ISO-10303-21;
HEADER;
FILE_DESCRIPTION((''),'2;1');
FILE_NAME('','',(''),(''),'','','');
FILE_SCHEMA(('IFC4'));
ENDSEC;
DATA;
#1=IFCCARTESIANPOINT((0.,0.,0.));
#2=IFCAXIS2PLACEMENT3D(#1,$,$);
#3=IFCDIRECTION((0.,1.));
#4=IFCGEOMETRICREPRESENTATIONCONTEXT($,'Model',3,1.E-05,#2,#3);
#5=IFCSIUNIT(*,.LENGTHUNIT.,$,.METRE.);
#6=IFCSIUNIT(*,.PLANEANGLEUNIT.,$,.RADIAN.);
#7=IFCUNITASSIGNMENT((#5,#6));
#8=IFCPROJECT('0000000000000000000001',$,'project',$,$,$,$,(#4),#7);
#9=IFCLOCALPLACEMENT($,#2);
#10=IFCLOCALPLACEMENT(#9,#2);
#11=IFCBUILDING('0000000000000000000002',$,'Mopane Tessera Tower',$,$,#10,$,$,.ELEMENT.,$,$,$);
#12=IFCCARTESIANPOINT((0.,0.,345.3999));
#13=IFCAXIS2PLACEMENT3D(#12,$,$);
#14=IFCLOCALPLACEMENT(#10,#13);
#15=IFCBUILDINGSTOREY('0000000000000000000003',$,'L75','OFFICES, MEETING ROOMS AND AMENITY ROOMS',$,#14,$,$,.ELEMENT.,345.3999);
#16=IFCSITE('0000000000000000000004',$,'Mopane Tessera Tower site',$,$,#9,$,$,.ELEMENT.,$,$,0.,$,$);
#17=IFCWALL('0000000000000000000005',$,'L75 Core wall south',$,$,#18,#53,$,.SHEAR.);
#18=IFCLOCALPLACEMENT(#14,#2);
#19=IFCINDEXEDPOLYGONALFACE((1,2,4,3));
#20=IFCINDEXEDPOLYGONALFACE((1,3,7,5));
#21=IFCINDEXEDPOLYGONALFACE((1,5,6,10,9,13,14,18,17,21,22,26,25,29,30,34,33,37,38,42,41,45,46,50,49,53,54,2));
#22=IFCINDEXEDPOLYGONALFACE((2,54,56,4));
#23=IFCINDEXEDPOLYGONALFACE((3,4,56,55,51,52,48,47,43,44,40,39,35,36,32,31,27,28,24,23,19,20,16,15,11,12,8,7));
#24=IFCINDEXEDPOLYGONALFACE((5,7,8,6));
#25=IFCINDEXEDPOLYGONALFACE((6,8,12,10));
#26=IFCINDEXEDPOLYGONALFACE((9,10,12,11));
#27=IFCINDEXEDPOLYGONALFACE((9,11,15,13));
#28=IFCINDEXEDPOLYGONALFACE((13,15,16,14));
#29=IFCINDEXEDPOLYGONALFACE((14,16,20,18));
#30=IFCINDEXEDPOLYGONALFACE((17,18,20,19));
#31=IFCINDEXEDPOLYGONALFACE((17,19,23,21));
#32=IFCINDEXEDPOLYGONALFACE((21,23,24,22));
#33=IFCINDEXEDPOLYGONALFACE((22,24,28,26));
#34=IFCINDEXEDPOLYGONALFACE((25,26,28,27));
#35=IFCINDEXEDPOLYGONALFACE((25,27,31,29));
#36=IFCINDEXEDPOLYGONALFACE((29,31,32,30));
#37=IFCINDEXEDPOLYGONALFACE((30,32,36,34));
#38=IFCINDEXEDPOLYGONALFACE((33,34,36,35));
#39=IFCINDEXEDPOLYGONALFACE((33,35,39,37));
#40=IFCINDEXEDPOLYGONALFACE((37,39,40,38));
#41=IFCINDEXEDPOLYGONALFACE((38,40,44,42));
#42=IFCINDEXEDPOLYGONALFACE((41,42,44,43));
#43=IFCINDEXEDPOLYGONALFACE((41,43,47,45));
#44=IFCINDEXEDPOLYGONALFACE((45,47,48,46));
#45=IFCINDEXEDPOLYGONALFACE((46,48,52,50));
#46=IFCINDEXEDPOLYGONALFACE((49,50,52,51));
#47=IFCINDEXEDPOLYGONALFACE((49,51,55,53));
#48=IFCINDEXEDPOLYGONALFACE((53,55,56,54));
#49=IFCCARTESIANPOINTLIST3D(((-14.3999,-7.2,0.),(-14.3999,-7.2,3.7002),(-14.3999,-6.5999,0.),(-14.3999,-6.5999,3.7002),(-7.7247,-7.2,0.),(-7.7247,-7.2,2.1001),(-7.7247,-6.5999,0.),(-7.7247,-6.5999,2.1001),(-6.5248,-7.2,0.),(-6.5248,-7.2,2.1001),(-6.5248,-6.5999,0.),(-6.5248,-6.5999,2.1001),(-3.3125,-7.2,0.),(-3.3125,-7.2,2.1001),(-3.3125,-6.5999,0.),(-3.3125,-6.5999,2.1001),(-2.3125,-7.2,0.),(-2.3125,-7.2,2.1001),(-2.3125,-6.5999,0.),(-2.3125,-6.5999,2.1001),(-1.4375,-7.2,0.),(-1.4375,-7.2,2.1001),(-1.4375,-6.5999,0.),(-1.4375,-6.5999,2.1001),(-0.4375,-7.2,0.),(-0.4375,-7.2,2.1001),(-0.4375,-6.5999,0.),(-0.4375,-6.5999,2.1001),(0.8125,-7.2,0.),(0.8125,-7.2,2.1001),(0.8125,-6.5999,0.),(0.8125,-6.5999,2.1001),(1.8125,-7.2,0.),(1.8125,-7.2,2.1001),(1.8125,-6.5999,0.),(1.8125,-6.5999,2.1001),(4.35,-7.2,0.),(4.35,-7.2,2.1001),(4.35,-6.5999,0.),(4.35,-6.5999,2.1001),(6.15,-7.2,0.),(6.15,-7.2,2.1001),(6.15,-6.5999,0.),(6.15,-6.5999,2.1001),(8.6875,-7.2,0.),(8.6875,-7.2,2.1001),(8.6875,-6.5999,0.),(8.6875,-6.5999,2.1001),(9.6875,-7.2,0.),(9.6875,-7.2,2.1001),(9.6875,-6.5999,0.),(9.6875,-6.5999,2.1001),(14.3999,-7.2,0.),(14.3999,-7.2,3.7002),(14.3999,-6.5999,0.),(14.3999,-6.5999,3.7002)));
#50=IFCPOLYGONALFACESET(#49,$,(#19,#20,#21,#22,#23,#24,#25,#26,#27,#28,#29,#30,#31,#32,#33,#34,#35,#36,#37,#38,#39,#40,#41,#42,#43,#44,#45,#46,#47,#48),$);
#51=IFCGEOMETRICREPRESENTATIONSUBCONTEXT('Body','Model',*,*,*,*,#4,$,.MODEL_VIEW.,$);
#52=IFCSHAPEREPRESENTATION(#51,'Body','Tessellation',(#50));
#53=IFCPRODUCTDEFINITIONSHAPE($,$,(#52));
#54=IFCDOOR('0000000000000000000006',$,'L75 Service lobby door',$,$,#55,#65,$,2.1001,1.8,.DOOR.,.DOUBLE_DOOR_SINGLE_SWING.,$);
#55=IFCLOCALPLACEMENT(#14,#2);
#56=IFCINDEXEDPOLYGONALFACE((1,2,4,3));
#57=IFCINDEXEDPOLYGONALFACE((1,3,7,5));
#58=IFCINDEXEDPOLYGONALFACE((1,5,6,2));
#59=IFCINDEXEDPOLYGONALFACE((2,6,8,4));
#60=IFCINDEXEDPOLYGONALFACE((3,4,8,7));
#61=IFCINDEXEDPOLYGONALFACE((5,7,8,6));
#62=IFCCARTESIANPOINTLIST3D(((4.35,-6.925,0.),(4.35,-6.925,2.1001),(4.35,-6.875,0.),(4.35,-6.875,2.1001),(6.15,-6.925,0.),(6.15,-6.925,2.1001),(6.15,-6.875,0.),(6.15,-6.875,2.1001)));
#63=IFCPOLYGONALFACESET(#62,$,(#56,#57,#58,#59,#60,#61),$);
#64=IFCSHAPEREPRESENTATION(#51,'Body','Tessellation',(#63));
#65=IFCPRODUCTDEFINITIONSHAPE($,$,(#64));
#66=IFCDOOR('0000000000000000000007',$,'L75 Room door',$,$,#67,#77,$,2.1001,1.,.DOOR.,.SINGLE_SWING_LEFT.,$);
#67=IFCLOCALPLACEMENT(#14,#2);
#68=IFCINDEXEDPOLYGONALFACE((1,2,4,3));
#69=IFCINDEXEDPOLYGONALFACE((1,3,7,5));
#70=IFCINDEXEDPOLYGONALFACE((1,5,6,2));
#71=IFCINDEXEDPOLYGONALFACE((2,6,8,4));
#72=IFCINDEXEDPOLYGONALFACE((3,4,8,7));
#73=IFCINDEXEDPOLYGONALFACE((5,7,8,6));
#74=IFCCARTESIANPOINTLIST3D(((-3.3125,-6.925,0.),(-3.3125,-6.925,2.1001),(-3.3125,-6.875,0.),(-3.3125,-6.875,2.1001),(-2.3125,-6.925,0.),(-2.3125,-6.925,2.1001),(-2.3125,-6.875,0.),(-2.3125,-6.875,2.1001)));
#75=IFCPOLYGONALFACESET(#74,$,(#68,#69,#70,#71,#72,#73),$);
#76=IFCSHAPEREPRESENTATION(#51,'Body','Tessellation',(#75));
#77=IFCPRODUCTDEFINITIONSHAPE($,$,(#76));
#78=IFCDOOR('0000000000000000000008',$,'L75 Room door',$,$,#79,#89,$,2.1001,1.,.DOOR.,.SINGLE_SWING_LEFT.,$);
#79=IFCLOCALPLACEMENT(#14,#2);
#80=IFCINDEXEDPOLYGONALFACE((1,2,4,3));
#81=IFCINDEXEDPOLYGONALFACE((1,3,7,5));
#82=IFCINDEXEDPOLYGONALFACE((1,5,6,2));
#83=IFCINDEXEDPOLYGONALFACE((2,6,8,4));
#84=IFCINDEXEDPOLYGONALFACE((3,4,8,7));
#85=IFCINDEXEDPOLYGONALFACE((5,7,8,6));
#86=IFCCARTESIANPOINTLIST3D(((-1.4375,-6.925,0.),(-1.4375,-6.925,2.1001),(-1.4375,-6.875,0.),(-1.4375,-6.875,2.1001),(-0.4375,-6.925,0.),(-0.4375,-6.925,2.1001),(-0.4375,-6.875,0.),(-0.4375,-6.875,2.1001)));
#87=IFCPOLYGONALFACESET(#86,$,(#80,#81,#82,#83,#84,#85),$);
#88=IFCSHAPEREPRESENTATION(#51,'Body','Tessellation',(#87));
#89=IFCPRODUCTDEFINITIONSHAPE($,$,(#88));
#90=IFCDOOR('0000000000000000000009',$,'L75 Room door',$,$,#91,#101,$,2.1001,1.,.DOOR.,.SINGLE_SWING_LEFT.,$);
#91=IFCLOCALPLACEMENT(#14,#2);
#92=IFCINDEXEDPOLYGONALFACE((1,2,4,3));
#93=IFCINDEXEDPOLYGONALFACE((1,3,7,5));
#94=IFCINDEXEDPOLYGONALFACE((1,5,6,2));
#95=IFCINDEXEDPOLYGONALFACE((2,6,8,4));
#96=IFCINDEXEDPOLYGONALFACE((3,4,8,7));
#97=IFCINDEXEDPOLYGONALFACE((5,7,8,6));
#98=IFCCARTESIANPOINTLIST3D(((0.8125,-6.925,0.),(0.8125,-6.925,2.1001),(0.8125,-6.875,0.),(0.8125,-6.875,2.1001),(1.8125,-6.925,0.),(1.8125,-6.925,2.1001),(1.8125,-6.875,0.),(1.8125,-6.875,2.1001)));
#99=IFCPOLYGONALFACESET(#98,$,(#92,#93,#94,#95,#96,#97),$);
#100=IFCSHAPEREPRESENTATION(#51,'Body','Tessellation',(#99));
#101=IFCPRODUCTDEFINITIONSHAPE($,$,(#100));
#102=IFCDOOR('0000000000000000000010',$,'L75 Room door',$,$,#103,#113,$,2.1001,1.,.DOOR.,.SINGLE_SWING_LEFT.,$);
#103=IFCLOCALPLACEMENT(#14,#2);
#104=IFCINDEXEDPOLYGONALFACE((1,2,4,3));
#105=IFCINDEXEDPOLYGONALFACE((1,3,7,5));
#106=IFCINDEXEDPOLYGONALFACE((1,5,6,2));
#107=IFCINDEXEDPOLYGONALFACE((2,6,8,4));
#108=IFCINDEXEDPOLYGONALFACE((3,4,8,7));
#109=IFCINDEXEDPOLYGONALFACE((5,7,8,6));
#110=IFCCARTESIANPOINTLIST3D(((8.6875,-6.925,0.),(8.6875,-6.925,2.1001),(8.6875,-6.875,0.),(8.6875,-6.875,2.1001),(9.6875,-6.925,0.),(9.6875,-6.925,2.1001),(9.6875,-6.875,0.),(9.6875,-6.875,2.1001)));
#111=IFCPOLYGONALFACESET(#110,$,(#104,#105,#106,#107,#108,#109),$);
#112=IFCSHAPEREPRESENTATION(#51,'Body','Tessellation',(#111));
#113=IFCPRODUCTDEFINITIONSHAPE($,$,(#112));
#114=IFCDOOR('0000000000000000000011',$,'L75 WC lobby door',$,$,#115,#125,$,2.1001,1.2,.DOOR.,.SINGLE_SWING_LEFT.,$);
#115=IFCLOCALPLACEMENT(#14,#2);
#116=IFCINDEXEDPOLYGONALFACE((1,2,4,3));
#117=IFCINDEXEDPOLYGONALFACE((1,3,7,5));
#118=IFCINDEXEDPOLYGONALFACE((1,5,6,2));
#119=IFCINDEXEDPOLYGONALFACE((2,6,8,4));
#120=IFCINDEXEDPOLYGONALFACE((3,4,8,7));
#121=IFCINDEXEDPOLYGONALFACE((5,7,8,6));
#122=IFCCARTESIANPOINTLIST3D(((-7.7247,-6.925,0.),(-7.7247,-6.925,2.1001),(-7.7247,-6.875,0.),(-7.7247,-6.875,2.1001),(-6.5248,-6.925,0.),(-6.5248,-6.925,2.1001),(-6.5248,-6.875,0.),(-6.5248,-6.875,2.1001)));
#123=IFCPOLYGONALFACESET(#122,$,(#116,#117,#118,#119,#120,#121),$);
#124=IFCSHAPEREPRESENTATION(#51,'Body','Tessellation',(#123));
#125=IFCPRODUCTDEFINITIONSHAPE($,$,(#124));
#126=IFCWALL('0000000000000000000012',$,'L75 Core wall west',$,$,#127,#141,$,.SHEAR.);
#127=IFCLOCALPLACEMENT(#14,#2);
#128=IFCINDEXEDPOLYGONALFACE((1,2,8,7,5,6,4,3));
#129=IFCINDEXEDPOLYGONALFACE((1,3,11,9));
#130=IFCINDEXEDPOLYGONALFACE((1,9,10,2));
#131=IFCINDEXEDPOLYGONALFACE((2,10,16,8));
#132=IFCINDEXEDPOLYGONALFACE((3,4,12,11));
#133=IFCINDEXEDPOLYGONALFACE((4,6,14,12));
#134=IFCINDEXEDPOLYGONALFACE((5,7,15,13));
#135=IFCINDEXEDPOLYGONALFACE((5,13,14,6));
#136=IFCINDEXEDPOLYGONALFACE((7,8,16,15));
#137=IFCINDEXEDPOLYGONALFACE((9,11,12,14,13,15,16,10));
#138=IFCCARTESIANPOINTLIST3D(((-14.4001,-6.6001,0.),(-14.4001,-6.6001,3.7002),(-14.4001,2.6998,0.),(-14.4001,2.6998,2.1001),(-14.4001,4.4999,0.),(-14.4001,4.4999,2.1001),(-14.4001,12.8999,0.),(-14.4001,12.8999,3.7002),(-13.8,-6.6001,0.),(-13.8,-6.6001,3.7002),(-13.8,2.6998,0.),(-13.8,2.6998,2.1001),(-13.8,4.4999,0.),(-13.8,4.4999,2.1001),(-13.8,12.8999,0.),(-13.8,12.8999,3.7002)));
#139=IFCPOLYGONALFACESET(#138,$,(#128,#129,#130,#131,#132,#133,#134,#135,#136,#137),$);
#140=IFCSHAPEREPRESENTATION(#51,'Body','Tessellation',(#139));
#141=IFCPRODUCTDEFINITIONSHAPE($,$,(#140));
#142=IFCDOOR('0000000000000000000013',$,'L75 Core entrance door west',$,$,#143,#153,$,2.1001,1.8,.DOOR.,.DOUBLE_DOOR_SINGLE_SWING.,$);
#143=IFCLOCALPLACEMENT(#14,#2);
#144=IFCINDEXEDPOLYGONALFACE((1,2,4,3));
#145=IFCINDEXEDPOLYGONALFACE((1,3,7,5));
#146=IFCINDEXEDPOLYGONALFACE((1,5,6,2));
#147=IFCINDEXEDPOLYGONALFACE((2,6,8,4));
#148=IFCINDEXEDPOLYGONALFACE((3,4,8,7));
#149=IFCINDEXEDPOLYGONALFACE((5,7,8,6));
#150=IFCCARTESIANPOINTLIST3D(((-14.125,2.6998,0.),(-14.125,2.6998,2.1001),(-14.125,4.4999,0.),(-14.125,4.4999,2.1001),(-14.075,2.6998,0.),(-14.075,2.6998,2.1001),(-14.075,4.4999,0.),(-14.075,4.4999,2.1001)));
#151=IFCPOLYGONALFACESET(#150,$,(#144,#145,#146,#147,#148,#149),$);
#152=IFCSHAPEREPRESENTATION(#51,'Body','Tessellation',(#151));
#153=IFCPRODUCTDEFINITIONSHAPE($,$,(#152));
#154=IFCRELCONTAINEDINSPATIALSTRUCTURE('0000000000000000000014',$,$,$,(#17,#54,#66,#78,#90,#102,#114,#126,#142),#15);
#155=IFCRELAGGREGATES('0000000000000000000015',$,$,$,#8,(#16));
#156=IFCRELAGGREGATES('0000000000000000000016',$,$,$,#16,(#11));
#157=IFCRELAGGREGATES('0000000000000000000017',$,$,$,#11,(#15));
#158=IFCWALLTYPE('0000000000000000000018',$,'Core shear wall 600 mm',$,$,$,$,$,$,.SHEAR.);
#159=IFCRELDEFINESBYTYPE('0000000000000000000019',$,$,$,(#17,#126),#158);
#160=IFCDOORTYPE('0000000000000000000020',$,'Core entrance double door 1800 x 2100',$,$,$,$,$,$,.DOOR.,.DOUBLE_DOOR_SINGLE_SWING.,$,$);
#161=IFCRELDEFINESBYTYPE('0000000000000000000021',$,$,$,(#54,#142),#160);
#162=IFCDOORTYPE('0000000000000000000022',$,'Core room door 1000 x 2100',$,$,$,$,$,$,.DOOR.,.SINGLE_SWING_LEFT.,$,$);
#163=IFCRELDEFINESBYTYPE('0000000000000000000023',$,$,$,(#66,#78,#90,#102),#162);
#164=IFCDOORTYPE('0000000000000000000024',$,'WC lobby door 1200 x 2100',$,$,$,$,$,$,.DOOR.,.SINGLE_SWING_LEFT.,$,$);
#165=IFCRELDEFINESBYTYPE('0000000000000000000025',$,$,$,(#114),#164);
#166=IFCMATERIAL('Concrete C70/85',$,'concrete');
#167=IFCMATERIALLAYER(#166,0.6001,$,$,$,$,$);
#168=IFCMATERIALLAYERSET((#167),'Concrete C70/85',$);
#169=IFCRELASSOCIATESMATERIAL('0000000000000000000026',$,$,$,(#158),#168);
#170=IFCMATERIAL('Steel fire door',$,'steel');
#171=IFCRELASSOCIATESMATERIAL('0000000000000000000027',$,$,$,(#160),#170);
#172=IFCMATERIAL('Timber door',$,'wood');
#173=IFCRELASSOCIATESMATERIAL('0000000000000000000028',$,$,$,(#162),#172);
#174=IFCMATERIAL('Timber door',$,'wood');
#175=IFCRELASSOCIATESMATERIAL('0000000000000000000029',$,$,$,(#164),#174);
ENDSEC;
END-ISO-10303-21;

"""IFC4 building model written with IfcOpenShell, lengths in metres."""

from ifc_helpers import new_model, si_unit, direction, frame, frame_2d, origin, place, context, subcontext, project, spatial, rectangle, extrude, material, layer, layer_set, type_object, element, fill, save


model = new_model("IFC4")

# Units and contexts
model_context = context("Model", 3, precision=1e-05, world=origin(), true_north=direction((0.0, 1.0)))
body_context = subcontext(model_context, "Body", "Model", "MODEL_VIEW")
ifc_project = project(units=[si_unit("LENGTHUNIT", "METRE"), si_unit("PLANEANGLEUNIT", "RADIAN")], contexts=[model_context])

# Site, building, storey
site_placement = place(None, origin())
site = spatial("IfcSite", under=ifc_project, at=site_placement, Name="Mopane Tessera Tower site", CompositionType="ELEMENT", RefElevation=0.0)
building_placement = place(site_placement, origin())
building = spatial("IfcBuilding", under=site, at=building_placement, Name="Mopane Tessera Tower", CompositionType="ELEMENT")
storey_placement = place(building_placement, frame((0.0, 0.0, 345.3999)))
storey = spatial("IfcBuildingStorey", under=building, at=storey_placement, Name="L75", Description="OFFICES, MEETING ROOMS AND AMENITY ROOMS", CompositionType="ELEMENT", Elevation=345.3999)

# Wall, openings, doors
ifc_material_1 = material(Name="Concrete C70/85", Category="concrete")
ifc_layer_1 = layer(ifc_material_1, 0.6001)
ifc_layer_set_1 = layer_set([ifc_layer_1], Name="Concrete C70/85")
wall_type_1 = type_object("IfcWallType", Name="Core shear wall 600 mm", PredefinedType="SHEAR", material=ifc_layer_set_1)
wall_1_placement = place(storey_placement, frame((-14.3999, -6.8999, 0.0), z_axis=(0.0, 0.0, 1.0), x_axis=(1.0, 0.0, 0.0)))
wall_1 = element("IfcWall", 1, at=wall_1_placement, inside=storey, type_object=wall_type_1, Name="L75 Core wall south", PredefinedType="SHEAR", context=body_context, shape_type="SweptSolid", body=[
    extrude(rectangle(XDim=28.7998, YDim=0.6001, at=frame_2d((14.3999, 0.0))), origin(), (0.0, 0.0, 1.0), 3.7002),
])
opening_1_placement = place(wall_1_placement, frame((6.675, 0.0, 0.0)))
opening_1 = element("IfcOpeningElement", 2, at=opening_1_placement, cuts=wall_1, PredefinedType="OPENING", context=body_context, shape_type="SweptSolid", body=[
    extrude(rectangle(XDim=1.2, YDim=2.1001, at=frame_2d((0.6001, 1.05))), frame((0.0, 0.312, 0.0), z_axis=(0.0, -1.0, 0.0), x_axis=(1.0, 0.0, 0.0)), (0.0, 0.0, 1.0), 0.624),
])
opening_2_placement = place(wall_1_placement, frame((11.0874, 0.0, 0.0)))
opening_2 = element("IfcOpeningElement", 3, at=opening_2_placement, cuts=wall_1, PredefinedType="OPENING", context=body_context, shape_type="SweptSolid", body=[
    extrude(rectangle(XDim=1.0, YDim=2.1001, at=frame_2d((0.5, 1.05))), frame((0.0, 0.312, 0.0), z_axis=(0.0, -1.0, 0.0), x_axis=(1.0, 0.0, 0.0)), (0.0, 0.0, 1.0), 0.624),
])
opening_3_placement = place(wall_1_placement, frame((12.9624, 0.0, 0.0)))
opening_3 = element("IfcOpeningElement", 4, at=opening_3_placement, cuts=wall_1, PredefinedType="OPENING", context=body_context, shape_type="SweptSolid", body=[
    extrude(rectangle(XDim=1.0, YDim=2.1001, at=frame_2d((0.5, 1.05))), frame((0.0, 0.312, 0.0), z_axis=(0.0, -1.0, 0.0), x_axis=(1.0, 0.0, 0.0)), (0.0, 0.0, 1.0), 0.624),
])
opening_4_placement = place(wall_1_placement, frame((15.2124, 0.0, 0.0)))
opening_4 = element("IfcOpeningElement", 5, at=opening_4_placement, cuts=wall_1, PredefinedType="OPENING", context=body_context, shape_type="SweptSolid", body=[
    extrude(rectangle(XDim=1.0, YDim=2.1001, at=frame_2d((0.5, 1.05))), frame((0.0, 0.312, 0.0), z_axis=(0.0, -1.0, 0.0), x_axis=(1.0, 0.0, 0.0)), (0.0, 0.0, 1.0), 0.624),
])
opening_5_placement = place(wall_1_placement, frame((18.75, 0.0, 0.0)))
opening_5 = element("IfcOpeningElement", 6, at=opening_5_placement, cuts=wall_1, PredefinedType="OPENING", context=body_context, shape_type="SweptSolid", body=[
    extrude(rectangle(XDim=1.8, YDim=2.1001, at=frame_2d((0.8999, 1.05))), frame((0.0, 0.312, 0.0), z_axis=(0.0, -1.0, 0.0), x_axis=(1.0, 0.0, 0.0)), (0.0, 0.0, 1.0), 0.624),
])
opening_6_placement = place(wall_1_placement, frame((23.0874, 0.0, 0.0)))
opening_6 = element("IfcOpeningElement", 7, at=opening_6_placement, cuts=wall_1, PredefinedType="OPENING", context=body_context, shape_type="SweptSolid", body=[
    extrude(rectangle(XDim=1.0, YDim=2.1001, at=frame_2d((0.5, 1.05))), frame((0.0, 0.312, 0.0), z_axis=(0.0, -1.0, 0.0), x_axis=(1.0, 0.0, 0.0)), (0.0, 0.0, 1.0), 0.624),
])
ifc_material_2 = material(Name="Steel fire door", Category="steel")
door_type_1 = type_object("IfcDoorType", Name="Core entrance double door 1800 x 2100", OperationType="DOUBLE_DOOR_SINGLE_SWING", PredefinedType="DOOR", material=ifc_material_2)
door_1_placement = place(opening_5_placement, origin())
door_1 = element("IfcDoor", 8, at=door_1_placement, inside=storey, type_object=door_type_1, Name="L75 Service lobby door", OperationType="DOUBLE_DOOR_SINGLE_SWING", OverallHeight=2.1001, OverallWidth=1.8, PredefinedType="DOOR", context=body_context, shape_type="SweptSolid", body=[
    extrude(rectangle(XDim=1.8, YDim=2.1001, at=frame_2d((0.8999, 1.05))), frame((0.0, 0.0249, 0.0), z_axis=(0.0, -1.0, 0.0), x_axis=(1.0, 0.0, 0.0)), (0.0, 0.0, 1.0), 0.05),
])
fill(opening_5, door_1)
ifc_material_3 = material(Name="Timber door", Category="wood")
door_type_2 = type_object("IfcDoorType", Name="Core room door 1000 x 2100", OperationType="SINGLE_SWING_LEFT", PredefinedType="DOOR", material=ifc_material_3)
door_2_placement = place(opening_2_placement, origin())
door_2 = element("IfcDoor", 9, at=door_2_placement, inside=storey, type_object=door_type_2, Name="L75 Room door", OperationType="SINGLE_SWING_LEFT", OverallHeight=2.1001, OverallWidth=1.0, PredefinedType="DOOR", context=body_context, shape_type="SweptSolid", body=[
    extrude(rectangle(XDim=1.0, YDim=2.1001, at=frame_2d((0.5, 1.05))), frame((0.0, 0.0249, 0.0), z_axis=(0.0, -1.0, 0.0), x_axis=(1.0, 0.0, 0.0)), (0.0, 0.0, 1.0), 0.05),
])
fill(opening_2, door_2)
door_3_placement = place(opening_3_placement, origin())
door_3 = element("IfcDoor", 10, at=door_3_placement, inside=storey, type_object=door_type_2, Name="L75 Room door", OperationType="SINGLE_SWING_LEFT", OverallHeight=2.1001, OverallWidth=1.0, PredefinedType="DOOR", context=body_context, shape_type="SweptSolid", body=[
    extrude(rectangle(XDim=1.0, YDim=2.1001, at=frame_2d((0.5, 1.05))), frame((0.0, 0.0249, 0.0), z_axis=(0.0, -1.0, 0.0), x_axis=(1.0, 0.0, 0.0)), (0.0, 0.0, 1.0), 0.05),
])
fill(opening_3, door_3)
door_4_placement = place(opening_4_placement, origin())
door_4 = element("IfcDoor", 11, at=door_4_placement, inside=storey, type_object=door_type_2, Name="L75 Room door", OperationType="SINGLE_SWING_LEFT", OverallHeight=2.1001, OverallWidth=1.0, PredefinedType="DOOR", context=body_context, shape_type="SweptSolid", body=[
    extrude(rectangle(XDim=1.0, YDim=2.1001, at=frame_2d((0.5, 1.05))), frame((0.0, 0.0249, 0.0), z_axis=(0.0, -1.0, 0.0), x_axis=(1.0, 0.0, 0.0)), (0.0, 0.0, 1.0), 0.05),
])
fill(opening_4, door_4)
door_5_placement = place(opening_6_placement, origin())
door_5 = element("IfcDoor", 12, at=door_5_placement, inside=storey, type_object=door_type_2, Name="L75 Room door", OperationType="SINGLE_SWING_LEFT", OverallHeight=2.1001, OverallWidth=1.0, PredefinedType="DOOR", context=body_context, shape_type="SweptSolid", body=[
    extrude(rectangle(XDim=1.0, YDim=2.1001, at=frame_2d((0.5, 1.05))), frame((0.0, 0.0249, 0.0), z_axis=(0.0, -1.0, 0.0), x_axis=(1.0, 0.0, 0.0)), (0.0, 0.0, 1.0), 0.05),
])
fill(opening_6, door_5)
ifc_material_4 = material(Name="Timber door", Category="wood")
door_type_3 = type_object("IfcDoorType", Name="WC lobby door 1200 x 2100", OperationType="SINGLE_SWING_LEFT", PredefinedType="DOOR", material=ifc_material_4)
door_6_placement = place(opening_1_placement, origin())
door_6 = element("IfcDoor", 13, at=door_6_placement, inside=storey, type_object=door_type_3, Name="L75 WC lobby door", OperationType="SINGLE_SWING_LEFT", OverallHeight=2.1001, OverallWidth=1.2, PredefinedType="DOOR", context=body_context, shape_type="SweptSolid", body=[
    extrude(rectangle(XDim=1.2, YDim=2.1001, at=frame_2d((0.6001, 1.05))), frame((0.0, 0.0249, 0.0), z_axis=(0.0, -1.0, 0.0), x_axis=(1.0, 0.0, 0.0)), (0.0, 0.0, 1.0), 0.05),
])
fill(opening_1, door_6)

# Wall, opening, door
wall_2_placement = place(storey_placement, frame((-14.1001, -6.6001, 0.0), z_axis=(0.0, 0.0, 1.0), x_axis=(0.0, 1.0, 0.0)))
wall_2 = element("IfcWall", 14, at=wall_2_placement, inside=storey, type_object=wall_type_1, Name="L75 Core wall west", PredefinedType="SHEAR", context=body_context, shape_type="SweptSolid", body=[
    extrude(rectangle(XDim=19.5, YDim=0.6001, at=frame_2d((9.75, 0.0))), origin(), (0.0, 0.0, 1.0), 3.7002),
])
opening_7_placement = place(wall_2_placement, frame((9.3, 0.0, 0.0)))
opening_7 = element("IfcOpeningElement", 15, at=opening_7_placement, cuts=wall_2, PredefinedType="OPENING", context=body_context, shape_type="SweptSolid", body=[
    extrude(rectangle(XDim=1.8, YDim=2.1001, at=frame_2d((0.8999, 1.05))), frame((0.0, 0.312, 0.0), z_axis=(0.0, -1.0, 0.0), x_axis=(1.0, 0.0, 0.0)), (0.0, 0.0, 1.0), 0.624),
])
door_7_placement = place(opening_7_placement, origin())
door_7 = element("IfcDoor", 16, at=door_7_placement, inside=storey, type_object=door_type_1, Name="L75 Core entrance door west", OperationType="DOUBLE_DOOR_SINGLE_SWING", OverallHeight=2.1001, OverallWidth=1.8, PredefinedType="DOOR", context=body_context, shape_type="SweptSolid", body=[
    extrude(rectangle(XDim=1.8, YDim=2.1001, at=frame_2d((0.8999, 1.05))), frame((0.0, 0.0249, 0.0), z_axis=(0.0, -1.0, 0.0), x_axis=(1.0, 0.0, 0.0)), (0.0, 0.0, 1.0), 0.05),
])
fill(opening_7, door_7)

save(model, "model.ifc")
